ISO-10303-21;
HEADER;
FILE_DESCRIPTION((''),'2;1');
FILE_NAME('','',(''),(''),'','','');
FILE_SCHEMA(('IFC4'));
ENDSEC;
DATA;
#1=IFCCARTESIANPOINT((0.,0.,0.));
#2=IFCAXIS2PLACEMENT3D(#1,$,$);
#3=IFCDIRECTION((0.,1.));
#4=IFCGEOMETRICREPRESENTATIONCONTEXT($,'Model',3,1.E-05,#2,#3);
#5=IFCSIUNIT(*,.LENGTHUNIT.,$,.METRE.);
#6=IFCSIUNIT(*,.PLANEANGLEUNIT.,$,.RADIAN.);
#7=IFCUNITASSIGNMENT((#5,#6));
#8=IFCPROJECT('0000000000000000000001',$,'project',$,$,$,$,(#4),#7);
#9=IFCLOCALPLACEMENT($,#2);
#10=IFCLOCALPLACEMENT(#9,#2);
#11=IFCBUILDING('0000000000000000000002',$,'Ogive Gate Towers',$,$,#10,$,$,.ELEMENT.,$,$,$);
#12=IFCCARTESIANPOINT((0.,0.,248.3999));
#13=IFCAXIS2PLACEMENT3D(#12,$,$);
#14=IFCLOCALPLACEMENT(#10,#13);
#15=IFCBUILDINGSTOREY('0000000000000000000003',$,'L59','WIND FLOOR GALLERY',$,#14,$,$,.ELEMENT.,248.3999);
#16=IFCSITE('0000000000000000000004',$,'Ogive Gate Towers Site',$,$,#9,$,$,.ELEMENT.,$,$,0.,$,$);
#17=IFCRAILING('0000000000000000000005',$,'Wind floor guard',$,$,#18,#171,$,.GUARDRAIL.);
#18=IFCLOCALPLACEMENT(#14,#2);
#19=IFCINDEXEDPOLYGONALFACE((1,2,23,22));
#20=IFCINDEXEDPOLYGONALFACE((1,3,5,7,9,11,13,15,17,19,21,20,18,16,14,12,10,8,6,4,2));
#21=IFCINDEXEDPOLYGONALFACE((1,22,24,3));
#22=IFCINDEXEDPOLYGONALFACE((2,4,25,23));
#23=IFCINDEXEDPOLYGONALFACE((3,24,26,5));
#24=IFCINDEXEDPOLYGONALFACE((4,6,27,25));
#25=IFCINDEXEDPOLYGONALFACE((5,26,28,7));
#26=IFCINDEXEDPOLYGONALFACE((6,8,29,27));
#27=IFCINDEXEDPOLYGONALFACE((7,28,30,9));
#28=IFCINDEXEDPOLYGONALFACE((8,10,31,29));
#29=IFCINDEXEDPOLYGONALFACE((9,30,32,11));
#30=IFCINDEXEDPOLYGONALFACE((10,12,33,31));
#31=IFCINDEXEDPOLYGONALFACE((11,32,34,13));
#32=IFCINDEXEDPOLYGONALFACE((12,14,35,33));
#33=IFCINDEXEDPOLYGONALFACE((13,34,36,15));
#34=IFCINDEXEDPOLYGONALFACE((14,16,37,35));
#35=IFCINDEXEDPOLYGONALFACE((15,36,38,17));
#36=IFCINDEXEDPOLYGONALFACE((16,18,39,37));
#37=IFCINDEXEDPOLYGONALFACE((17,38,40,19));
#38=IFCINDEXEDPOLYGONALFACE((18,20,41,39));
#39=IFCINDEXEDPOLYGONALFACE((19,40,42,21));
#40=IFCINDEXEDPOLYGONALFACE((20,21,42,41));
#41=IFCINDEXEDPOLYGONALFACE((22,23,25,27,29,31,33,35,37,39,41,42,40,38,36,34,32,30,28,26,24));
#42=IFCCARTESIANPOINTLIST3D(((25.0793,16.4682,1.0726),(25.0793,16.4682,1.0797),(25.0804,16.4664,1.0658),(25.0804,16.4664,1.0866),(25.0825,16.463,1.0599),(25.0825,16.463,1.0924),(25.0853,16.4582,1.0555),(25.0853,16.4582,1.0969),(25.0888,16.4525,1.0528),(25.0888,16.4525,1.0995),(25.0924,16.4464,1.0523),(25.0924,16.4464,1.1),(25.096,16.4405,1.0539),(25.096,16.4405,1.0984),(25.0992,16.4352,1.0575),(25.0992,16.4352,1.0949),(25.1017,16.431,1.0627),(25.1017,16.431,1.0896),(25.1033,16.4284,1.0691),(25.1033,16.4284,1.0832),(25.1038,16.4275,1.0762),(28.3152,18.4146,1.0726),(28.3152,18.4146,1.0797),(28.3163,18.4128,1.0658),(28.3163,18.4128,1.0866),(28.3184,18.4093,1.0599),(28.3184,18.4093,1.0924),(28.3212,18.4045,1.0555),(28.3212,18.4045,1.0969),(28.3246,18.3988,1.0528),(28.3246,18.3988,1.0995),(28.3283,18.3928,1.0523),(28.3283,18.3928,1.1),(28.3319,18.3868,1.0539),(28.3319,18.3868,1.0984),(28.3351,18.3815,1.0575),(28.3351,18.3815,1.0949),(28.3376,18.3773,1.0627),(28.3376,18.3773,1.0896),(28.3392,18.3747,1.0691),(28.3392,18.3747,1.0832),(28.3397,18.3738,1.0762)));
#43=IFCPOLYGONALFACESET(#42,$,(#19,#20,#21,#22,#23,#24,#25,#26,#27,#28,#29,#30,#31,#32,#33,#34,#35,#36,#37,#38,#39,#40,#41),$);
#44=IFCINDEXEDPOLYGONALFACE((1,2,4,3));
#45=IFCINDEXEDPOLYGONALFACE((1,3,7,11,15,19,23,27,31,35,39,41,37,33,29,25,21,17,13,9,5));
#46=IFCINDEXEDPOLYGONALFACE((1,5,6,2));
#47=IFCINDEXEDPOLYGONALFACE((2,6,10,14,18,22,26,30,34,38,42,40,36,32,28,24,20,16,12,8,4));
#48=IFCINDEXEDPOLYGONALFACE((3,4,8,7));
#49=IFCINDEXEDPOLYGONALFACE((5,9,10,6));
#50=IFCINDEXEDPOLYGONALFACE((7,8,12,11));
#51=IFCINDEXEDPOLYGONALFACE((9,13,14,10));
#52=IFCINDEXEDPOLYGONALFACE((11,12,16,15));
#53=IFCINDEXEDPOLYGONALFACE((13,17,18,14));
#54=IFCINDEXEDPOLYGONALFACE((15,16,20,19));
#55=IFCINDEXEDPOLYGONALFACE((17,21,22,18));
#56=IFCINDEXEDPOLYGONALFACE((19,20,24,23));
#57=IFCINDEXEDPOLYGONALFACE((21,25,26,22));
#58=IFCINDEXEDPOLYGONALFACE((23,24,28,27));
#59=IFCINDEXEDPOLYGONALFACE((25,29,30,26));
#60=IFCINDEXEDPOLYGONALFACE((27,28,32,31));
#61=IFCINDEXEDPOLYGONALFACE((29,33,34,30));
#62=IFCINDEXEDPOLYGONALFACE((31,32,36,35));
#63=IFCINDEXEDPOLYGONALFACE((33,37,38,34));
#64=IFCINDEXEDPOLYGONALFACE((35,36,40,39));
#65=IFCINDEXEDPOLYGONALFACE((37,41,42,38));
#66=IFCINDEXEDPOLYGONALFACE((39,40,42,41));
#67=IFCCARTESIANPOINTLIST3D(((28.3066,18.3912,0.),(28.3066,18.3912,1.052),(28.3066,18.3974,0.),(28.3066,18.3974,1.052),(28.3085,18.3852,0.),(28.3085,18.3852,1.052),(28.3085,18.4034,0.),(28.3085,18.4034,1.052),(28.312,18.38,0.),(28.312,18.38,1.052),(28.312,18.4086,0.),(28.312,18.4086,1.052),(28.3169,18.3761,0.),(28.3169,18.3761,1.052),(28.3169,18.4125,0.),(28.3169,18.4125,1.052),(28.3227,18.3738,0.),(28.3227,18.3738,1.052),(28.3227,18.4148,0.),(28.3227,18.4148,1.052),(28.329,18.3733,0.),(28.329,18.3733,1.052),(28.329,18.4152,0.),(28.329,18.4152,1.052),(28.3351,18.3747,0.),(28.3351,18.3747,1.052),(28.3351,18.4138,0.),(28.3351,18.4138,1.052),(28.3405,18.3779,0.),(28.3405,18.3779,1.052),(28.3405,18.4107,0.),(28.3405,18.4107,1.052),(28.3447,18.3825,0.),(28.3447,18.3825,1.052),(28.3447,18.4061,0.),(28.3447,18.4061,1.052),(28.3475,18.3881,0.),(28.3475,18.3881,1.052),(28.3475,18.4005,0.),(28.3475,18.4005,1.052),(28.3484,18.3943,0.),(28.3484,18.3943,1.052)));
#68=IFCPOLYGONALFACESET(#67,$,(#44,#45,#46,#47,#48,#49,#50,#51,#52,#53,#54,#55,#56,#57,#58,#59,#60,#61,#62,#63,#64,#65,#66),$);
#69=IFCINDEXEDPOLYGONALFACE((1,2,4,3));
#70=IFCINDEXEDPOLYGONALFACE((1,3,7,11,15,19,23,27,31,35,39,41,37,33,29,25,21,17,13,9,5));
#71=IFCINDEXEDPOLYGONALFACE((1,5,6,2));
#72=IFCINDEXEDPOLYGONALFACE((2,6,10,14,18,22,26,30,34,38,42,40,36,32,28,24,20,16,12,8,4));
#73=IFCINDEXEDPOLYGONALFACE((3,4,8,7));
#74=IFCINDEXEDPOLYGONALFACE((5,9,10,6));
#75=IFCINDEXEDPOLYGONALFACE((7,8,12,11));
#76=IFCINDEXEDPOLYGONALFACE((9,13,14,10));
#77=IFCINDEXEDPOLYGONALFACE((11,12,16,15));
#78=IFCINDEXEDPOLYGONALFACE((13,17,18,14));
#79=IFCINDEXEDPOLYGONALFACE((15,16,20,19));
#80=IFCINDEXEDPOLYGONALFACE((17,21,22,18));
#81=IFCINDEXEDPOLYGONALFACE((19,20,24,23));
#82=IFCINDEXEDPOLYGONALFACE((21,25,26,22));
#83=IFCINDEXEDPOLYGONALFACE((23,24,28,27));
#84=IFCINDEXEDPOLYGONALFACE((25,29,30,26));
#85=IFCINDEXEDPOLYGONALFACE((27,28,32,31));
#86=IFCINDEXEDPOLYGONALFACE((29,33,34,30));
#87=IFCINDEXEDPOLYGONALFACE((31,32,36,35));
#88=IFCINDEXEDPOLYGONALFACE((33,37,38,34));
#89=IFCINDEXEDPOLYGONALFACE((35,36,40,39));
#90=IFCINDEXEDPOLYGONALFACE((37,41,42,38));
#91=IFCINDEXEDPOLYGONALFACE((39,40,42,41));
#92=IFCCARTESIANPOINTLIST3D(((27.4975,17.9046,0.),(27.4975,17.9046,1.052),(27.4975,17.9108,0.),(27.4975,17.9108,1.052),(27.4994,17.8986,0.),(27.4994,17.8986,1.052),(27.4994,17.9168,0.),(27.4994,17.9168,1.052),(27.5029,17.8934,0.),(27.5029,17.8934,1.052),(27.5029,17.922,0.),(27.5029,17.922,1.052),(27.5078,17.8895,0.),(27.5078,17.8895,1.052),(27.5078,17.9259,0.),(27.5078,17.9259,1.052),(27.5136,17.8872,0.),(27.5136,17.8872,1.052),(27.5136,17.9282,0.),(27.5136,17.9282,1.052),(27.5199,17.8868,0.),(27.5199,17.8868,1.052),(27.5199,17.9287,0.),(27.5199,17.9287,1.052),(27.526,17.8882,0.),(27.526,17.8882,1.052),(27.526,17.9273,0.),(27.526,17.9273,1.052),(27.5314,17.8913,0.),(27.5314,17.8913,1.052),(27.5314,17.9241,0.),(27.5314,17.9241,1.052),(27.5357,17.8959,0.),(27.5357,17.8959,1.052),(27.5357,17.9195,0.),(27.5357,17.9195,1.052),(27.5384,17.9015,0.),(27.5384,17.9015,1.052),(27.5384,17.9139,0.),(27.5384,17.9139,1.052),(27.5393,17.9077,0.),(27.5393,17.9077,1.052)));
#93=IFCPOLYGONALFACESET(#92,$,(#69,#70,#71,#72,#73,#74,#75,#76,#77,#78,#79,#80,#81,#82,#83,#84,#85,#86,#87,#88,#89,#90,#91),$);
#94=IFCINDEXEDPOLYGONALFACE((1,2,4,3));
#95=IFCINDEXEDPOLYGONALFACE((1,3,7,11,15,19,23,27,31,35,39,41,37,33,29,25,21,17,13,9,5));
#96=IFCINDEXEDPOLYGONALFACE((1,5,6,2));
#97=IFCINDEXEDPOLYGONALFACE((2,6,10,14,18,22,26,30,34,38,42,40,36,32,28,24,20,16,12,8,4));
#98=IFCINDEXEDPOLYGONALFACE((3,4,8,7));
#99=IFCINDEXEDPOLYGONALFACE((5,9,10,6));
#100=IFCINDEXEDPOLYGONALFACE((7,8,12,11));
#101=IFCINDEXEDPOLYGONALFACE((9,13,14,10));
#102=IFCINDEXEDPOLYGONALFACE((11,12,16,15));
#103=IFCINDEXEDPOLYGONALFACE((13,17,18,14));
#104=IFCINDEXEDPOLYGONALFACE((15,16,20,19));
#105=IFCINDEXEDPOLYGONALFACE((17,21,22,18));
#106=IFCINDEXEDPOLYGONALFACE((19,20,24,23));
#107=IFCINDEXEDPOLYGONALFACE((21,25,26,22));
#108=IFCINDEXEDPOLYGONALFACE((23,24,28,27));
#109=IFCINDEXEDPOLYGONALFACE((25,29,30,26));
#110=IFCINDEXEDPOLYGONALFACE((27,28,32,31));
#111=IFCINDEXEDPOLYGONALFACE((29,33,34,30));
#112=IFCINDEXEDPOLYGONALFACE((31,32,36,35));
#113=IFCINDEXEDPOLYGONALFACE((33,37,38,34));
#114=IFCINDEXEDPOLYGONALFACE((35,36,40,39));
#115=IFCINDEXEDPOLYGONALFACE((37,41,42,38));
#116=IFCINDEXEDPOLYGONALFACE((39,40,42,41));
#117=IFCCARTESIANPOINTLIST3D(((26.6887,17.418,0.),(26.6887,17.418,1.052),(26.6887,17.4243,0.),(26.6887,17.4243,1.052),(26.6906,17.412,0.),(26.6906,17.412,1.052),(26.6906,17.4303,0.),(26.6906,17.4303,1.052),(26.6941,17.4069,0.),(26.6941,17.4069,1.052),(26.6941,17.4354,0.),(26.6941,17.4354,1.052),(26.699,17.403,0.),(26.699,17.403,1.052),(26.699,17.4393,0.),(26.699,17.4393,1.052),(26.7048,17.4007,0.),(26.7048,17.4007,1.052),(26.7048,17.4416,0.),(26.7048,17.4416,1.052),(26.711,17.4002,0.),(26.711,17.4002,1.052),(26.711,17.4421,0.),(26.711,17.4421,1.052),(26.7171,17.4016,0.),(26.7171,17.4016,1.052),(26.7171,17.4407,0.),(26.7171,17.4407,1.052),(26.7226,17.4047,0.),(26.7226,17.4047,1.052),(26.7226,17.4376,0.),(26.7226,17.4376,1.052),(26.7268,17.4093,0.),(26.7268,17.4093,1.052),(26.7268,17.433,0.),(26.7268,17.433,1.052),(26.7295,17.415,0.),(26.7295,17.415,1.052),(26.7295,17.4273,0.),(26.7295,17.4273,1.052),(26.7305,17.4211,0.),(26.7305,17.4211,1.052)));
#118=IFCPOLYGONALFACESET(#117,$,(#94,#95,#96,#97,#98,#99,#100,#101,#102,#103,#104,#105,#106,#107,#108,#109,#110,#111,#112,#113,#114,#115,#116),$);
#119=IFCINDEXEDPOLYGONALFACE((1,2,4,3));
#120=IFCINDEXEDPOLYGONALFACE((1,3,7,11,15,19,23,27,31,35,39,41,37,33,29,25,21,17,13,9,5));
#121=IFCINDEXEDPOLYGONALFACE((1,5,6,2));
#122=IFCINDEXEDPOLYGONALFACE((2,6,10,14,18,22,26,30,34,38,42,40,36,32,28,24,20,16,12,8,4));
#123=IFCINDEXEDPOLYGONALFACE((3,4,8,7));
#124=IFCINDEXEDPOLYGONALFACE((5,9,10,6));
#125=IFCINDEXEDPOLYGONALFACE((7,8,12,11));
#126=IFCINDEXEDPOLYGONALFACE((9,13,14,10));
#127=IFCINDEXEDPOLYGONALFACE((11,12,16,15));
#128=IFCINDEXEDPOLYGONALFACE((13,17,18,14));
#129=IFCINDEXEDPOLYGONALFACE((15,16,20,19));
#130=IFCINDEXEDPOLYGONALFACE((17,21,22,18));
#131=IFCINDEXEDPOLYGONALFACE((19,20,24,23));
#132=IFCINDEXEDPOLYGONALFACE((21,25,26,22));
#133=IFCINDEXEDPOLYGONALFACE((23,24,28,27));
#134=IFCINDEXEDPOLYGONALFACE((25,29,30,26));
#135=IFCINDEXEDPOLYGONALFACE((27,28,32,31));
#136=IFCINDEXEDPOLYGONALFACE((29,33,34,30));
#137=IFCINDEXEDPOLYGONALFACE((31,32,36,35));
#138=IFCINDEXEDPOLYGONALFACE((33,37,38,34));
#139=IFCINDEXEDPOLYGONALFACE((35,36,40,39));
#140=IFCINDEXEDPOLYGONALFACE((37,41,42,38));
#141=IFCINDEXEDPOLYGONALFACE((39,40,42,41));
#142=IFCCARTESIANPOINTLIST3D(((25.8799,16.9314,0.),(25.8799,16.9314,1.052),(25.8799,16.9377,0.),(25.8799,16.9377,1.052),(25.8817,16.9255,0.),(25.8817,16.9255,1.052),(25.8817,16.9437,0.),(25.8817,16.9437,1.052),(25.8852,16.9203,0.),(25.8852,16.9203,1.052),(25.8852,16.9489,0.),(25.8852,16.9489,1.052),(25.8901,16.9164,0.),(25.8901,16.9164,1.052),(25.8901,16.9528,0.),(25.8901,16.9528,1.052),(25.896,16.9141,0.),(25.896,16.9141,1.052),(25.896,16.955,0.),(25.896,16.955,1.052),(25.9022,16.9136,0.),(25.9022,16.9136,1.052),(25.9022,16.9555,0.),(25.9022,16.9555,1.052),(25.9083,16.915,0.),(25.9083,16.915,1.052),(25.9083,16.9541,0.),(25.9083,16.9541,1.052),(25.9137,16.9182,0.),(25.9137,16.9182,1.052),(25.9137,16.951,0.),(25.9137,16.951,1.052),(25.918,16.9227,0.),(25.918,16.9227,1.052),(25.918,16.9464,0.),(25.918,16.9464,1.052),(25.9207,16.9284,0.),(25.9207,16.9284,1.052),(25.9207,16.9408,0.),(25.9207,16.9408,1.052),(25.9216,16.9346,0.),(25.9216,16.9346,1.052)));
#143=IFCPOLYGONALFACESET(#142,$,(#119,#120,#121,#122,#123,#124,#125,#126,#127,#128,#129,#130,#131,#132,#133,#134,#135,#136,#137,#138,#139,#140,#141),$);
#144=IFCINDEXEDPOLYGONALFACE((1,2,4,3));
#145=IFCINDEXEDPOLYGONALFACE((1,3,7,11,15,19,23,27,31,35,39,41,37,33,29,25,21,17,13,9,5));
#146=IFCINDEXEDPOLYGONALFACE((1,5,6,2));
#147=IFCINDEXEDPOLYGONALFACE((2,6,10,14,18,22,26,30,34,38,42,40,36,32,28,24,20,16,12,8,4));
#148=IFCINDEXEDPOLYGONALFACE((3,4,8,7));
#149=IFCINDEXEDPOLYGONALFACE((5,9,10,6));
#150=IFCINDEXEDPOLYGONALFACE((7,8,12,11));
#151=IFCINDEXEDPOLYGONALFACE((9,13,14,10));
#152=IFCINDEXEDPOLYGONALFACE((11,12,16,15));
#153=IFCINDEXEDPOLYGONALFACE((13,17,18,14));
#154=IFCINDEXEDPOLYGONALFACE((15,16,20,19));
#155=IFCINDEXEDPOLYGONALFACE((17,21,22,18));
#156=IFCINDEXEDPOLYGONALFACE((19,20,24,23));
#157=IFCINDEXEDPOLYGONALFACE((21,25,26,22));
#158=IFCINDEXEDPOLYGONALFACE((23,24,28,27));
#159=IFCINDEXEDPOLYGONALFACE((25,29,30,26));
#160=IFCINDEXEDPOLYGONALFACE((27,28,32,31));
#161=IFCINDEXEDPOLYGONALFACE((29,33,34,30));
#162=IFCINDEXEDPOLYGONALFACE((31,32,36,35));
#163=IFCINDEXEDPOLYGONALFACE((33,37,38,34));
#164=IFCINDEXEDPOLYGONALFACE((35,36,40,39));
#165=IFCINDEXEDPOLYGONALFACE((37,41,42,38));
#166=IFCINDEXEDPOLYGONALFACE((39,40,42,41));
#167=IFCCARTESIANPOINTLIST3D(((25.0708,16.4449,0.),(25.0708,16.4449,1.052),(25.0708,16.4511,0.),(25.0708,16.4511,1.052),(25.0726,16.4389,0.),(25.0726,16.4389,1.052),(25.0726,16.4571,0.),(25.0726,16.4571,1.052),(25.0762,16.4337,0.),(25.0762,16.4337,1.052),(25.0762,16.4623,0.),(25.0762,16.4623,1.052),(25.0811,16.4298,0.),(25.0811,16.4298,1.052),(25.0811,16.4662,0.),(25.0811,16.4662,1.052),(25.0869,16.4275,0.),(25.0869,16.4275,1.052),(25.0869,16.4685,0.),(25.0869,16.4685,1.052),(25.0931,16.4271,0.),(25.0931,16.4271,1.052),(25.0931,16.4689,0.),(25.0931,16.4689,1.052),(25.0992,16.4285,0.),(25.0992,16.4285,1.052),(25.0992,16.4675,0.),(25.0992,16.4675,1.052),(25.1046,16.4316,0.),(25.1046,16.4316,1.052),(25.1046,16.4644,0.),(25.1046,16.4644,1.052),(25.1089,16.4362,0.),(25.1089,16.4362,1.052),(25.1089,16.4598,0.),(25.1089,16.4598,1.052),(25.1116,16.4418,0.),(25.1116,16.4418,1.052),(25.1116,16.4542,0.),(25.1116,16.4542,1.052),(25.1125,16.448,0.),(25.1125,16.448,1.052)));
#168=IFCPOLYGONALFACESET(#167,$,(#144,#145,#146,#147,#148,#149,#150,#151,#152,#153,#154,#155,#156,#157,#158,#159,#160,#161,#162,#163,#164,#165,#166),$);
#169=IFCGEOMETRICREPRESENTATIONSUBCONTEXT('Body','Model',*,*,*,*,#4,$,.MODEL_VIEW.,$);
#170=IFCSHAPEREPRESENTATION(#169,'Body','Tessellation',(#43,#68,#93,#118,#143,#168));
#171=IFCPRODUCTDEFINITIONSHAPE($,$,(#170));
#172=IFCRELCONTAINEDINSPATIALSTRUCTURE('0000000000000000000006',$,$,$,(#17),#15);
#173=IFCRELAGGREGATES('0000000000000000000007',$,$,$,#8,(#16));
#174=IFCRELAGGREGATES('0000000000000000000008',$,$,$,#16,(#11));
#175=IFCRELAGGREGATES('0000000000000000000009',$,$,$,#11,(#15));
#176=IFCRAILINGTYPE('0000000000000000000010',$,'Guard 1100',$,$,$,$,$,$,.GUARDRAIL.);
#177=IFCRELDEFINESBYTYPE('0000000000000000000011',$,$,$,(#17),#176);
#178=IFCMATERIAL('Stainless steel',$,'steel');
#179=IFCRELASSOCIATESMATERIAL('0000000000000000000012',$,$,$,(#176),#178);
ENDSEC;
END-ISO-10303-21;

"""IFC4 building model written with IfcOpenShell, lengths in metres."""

from ifc_helpers import new_model, si_unit, direction, frame, origin, origin_2d, place, context, subcontext, project, spatial, circle, extrude, material, type_object, element, save


model = new_model("IFC4")

# Units and contexts
model_context = context("Model", 3, precision=1e-05, world=origin(), true_north=direction((0.0, 1.0)))
body_context = subcontext(model_context, "Body", "Model", "MODEL_VIEW")
ifc_project = project(units=[si_unit("LENGTHUNIT", "METRE"), si_unit("PLANEANGLEUNIT", "RADIAN")], contexts=[model_context])

# Site, building, storey
site_placement = place(None, origin())
site = spatial("IfcSite", under=ifc_project, at=site_placement, Name="Ogive Gate Towers Site", CompositionType="ELEMENT", RefElevation=0.0)
building_placement = place(site_placement, origin())
building = spatial("IfcBuilding", under=site, at=building_placement, Name="Ogive Gate Towers", CompositionType="ELEMENT")
storey_placement = place(building_placement, frame((0.0, 0.0, 248.3999)))
storey = spatial("IfcBuildingStorey", under=building, at=storey_placement, Name="L59", Description="WIND FLOOR GALLERY", CompositionType="ELEMENT", Elevation=248.3999)

# Railing
ifc_material_1 = material(Name="Stainless steel", Category="steel")
railing_type_1 = type_object("IfcRailingType", Name="Guard 1100", PredefinedType="GUARDRAIL", material=ifc_material_1)
railing_1_placement = place(storey_placement, frame((28.3274, 18.3943, 0.0)))
element("IfcRailing", 1, at=railing_1_placement, inside=storey, type_object=railing_type_1, Name="Wind floor guard", PredefinedType="GUARDRAIL", context=body_context, shape_type="SweptSolid", body=[
    extrude(circle(Radius=0.0239, at=origin_2d()), frame((0.0, 0.0, 1.0762), z_axis=(-0.856933, -0.515427, 0.0), x_axis=(0.515427, -0.856933, 0.0)), (0.0, 0.0, 1.0), 3.7761),
    extrude(circle(Radius=0.021, at=origin_2d()), origin(), (0.0, 0.0, 1.0), 1.052),
    extrude(circle(Radius=0.021, at=origin_2d()), frame((-0.8091, -0.4866, 0.0)), (0.0, 0.0, 1.0), 1.052),
    extrude(circle(Radius=0.021, at=origin_2d()), frame((-1.6179, -0.9731, 0.0)), (0.0, 0.0, 1.0), 1.052),
    extrude(circle(Radius=0.021, at=origin_2d()), frame((-2.4268, -1.4597, 0.0)), (0.0, 0.0, 1.0), 1.052),
    extrude(circle(Radius=0.021, at=origin_2d()), frame((-3.2358, -1.9463, 0.0)), (0.0, 0.0, 1.0), 1.052),
])

save(model, "model.ifc")
